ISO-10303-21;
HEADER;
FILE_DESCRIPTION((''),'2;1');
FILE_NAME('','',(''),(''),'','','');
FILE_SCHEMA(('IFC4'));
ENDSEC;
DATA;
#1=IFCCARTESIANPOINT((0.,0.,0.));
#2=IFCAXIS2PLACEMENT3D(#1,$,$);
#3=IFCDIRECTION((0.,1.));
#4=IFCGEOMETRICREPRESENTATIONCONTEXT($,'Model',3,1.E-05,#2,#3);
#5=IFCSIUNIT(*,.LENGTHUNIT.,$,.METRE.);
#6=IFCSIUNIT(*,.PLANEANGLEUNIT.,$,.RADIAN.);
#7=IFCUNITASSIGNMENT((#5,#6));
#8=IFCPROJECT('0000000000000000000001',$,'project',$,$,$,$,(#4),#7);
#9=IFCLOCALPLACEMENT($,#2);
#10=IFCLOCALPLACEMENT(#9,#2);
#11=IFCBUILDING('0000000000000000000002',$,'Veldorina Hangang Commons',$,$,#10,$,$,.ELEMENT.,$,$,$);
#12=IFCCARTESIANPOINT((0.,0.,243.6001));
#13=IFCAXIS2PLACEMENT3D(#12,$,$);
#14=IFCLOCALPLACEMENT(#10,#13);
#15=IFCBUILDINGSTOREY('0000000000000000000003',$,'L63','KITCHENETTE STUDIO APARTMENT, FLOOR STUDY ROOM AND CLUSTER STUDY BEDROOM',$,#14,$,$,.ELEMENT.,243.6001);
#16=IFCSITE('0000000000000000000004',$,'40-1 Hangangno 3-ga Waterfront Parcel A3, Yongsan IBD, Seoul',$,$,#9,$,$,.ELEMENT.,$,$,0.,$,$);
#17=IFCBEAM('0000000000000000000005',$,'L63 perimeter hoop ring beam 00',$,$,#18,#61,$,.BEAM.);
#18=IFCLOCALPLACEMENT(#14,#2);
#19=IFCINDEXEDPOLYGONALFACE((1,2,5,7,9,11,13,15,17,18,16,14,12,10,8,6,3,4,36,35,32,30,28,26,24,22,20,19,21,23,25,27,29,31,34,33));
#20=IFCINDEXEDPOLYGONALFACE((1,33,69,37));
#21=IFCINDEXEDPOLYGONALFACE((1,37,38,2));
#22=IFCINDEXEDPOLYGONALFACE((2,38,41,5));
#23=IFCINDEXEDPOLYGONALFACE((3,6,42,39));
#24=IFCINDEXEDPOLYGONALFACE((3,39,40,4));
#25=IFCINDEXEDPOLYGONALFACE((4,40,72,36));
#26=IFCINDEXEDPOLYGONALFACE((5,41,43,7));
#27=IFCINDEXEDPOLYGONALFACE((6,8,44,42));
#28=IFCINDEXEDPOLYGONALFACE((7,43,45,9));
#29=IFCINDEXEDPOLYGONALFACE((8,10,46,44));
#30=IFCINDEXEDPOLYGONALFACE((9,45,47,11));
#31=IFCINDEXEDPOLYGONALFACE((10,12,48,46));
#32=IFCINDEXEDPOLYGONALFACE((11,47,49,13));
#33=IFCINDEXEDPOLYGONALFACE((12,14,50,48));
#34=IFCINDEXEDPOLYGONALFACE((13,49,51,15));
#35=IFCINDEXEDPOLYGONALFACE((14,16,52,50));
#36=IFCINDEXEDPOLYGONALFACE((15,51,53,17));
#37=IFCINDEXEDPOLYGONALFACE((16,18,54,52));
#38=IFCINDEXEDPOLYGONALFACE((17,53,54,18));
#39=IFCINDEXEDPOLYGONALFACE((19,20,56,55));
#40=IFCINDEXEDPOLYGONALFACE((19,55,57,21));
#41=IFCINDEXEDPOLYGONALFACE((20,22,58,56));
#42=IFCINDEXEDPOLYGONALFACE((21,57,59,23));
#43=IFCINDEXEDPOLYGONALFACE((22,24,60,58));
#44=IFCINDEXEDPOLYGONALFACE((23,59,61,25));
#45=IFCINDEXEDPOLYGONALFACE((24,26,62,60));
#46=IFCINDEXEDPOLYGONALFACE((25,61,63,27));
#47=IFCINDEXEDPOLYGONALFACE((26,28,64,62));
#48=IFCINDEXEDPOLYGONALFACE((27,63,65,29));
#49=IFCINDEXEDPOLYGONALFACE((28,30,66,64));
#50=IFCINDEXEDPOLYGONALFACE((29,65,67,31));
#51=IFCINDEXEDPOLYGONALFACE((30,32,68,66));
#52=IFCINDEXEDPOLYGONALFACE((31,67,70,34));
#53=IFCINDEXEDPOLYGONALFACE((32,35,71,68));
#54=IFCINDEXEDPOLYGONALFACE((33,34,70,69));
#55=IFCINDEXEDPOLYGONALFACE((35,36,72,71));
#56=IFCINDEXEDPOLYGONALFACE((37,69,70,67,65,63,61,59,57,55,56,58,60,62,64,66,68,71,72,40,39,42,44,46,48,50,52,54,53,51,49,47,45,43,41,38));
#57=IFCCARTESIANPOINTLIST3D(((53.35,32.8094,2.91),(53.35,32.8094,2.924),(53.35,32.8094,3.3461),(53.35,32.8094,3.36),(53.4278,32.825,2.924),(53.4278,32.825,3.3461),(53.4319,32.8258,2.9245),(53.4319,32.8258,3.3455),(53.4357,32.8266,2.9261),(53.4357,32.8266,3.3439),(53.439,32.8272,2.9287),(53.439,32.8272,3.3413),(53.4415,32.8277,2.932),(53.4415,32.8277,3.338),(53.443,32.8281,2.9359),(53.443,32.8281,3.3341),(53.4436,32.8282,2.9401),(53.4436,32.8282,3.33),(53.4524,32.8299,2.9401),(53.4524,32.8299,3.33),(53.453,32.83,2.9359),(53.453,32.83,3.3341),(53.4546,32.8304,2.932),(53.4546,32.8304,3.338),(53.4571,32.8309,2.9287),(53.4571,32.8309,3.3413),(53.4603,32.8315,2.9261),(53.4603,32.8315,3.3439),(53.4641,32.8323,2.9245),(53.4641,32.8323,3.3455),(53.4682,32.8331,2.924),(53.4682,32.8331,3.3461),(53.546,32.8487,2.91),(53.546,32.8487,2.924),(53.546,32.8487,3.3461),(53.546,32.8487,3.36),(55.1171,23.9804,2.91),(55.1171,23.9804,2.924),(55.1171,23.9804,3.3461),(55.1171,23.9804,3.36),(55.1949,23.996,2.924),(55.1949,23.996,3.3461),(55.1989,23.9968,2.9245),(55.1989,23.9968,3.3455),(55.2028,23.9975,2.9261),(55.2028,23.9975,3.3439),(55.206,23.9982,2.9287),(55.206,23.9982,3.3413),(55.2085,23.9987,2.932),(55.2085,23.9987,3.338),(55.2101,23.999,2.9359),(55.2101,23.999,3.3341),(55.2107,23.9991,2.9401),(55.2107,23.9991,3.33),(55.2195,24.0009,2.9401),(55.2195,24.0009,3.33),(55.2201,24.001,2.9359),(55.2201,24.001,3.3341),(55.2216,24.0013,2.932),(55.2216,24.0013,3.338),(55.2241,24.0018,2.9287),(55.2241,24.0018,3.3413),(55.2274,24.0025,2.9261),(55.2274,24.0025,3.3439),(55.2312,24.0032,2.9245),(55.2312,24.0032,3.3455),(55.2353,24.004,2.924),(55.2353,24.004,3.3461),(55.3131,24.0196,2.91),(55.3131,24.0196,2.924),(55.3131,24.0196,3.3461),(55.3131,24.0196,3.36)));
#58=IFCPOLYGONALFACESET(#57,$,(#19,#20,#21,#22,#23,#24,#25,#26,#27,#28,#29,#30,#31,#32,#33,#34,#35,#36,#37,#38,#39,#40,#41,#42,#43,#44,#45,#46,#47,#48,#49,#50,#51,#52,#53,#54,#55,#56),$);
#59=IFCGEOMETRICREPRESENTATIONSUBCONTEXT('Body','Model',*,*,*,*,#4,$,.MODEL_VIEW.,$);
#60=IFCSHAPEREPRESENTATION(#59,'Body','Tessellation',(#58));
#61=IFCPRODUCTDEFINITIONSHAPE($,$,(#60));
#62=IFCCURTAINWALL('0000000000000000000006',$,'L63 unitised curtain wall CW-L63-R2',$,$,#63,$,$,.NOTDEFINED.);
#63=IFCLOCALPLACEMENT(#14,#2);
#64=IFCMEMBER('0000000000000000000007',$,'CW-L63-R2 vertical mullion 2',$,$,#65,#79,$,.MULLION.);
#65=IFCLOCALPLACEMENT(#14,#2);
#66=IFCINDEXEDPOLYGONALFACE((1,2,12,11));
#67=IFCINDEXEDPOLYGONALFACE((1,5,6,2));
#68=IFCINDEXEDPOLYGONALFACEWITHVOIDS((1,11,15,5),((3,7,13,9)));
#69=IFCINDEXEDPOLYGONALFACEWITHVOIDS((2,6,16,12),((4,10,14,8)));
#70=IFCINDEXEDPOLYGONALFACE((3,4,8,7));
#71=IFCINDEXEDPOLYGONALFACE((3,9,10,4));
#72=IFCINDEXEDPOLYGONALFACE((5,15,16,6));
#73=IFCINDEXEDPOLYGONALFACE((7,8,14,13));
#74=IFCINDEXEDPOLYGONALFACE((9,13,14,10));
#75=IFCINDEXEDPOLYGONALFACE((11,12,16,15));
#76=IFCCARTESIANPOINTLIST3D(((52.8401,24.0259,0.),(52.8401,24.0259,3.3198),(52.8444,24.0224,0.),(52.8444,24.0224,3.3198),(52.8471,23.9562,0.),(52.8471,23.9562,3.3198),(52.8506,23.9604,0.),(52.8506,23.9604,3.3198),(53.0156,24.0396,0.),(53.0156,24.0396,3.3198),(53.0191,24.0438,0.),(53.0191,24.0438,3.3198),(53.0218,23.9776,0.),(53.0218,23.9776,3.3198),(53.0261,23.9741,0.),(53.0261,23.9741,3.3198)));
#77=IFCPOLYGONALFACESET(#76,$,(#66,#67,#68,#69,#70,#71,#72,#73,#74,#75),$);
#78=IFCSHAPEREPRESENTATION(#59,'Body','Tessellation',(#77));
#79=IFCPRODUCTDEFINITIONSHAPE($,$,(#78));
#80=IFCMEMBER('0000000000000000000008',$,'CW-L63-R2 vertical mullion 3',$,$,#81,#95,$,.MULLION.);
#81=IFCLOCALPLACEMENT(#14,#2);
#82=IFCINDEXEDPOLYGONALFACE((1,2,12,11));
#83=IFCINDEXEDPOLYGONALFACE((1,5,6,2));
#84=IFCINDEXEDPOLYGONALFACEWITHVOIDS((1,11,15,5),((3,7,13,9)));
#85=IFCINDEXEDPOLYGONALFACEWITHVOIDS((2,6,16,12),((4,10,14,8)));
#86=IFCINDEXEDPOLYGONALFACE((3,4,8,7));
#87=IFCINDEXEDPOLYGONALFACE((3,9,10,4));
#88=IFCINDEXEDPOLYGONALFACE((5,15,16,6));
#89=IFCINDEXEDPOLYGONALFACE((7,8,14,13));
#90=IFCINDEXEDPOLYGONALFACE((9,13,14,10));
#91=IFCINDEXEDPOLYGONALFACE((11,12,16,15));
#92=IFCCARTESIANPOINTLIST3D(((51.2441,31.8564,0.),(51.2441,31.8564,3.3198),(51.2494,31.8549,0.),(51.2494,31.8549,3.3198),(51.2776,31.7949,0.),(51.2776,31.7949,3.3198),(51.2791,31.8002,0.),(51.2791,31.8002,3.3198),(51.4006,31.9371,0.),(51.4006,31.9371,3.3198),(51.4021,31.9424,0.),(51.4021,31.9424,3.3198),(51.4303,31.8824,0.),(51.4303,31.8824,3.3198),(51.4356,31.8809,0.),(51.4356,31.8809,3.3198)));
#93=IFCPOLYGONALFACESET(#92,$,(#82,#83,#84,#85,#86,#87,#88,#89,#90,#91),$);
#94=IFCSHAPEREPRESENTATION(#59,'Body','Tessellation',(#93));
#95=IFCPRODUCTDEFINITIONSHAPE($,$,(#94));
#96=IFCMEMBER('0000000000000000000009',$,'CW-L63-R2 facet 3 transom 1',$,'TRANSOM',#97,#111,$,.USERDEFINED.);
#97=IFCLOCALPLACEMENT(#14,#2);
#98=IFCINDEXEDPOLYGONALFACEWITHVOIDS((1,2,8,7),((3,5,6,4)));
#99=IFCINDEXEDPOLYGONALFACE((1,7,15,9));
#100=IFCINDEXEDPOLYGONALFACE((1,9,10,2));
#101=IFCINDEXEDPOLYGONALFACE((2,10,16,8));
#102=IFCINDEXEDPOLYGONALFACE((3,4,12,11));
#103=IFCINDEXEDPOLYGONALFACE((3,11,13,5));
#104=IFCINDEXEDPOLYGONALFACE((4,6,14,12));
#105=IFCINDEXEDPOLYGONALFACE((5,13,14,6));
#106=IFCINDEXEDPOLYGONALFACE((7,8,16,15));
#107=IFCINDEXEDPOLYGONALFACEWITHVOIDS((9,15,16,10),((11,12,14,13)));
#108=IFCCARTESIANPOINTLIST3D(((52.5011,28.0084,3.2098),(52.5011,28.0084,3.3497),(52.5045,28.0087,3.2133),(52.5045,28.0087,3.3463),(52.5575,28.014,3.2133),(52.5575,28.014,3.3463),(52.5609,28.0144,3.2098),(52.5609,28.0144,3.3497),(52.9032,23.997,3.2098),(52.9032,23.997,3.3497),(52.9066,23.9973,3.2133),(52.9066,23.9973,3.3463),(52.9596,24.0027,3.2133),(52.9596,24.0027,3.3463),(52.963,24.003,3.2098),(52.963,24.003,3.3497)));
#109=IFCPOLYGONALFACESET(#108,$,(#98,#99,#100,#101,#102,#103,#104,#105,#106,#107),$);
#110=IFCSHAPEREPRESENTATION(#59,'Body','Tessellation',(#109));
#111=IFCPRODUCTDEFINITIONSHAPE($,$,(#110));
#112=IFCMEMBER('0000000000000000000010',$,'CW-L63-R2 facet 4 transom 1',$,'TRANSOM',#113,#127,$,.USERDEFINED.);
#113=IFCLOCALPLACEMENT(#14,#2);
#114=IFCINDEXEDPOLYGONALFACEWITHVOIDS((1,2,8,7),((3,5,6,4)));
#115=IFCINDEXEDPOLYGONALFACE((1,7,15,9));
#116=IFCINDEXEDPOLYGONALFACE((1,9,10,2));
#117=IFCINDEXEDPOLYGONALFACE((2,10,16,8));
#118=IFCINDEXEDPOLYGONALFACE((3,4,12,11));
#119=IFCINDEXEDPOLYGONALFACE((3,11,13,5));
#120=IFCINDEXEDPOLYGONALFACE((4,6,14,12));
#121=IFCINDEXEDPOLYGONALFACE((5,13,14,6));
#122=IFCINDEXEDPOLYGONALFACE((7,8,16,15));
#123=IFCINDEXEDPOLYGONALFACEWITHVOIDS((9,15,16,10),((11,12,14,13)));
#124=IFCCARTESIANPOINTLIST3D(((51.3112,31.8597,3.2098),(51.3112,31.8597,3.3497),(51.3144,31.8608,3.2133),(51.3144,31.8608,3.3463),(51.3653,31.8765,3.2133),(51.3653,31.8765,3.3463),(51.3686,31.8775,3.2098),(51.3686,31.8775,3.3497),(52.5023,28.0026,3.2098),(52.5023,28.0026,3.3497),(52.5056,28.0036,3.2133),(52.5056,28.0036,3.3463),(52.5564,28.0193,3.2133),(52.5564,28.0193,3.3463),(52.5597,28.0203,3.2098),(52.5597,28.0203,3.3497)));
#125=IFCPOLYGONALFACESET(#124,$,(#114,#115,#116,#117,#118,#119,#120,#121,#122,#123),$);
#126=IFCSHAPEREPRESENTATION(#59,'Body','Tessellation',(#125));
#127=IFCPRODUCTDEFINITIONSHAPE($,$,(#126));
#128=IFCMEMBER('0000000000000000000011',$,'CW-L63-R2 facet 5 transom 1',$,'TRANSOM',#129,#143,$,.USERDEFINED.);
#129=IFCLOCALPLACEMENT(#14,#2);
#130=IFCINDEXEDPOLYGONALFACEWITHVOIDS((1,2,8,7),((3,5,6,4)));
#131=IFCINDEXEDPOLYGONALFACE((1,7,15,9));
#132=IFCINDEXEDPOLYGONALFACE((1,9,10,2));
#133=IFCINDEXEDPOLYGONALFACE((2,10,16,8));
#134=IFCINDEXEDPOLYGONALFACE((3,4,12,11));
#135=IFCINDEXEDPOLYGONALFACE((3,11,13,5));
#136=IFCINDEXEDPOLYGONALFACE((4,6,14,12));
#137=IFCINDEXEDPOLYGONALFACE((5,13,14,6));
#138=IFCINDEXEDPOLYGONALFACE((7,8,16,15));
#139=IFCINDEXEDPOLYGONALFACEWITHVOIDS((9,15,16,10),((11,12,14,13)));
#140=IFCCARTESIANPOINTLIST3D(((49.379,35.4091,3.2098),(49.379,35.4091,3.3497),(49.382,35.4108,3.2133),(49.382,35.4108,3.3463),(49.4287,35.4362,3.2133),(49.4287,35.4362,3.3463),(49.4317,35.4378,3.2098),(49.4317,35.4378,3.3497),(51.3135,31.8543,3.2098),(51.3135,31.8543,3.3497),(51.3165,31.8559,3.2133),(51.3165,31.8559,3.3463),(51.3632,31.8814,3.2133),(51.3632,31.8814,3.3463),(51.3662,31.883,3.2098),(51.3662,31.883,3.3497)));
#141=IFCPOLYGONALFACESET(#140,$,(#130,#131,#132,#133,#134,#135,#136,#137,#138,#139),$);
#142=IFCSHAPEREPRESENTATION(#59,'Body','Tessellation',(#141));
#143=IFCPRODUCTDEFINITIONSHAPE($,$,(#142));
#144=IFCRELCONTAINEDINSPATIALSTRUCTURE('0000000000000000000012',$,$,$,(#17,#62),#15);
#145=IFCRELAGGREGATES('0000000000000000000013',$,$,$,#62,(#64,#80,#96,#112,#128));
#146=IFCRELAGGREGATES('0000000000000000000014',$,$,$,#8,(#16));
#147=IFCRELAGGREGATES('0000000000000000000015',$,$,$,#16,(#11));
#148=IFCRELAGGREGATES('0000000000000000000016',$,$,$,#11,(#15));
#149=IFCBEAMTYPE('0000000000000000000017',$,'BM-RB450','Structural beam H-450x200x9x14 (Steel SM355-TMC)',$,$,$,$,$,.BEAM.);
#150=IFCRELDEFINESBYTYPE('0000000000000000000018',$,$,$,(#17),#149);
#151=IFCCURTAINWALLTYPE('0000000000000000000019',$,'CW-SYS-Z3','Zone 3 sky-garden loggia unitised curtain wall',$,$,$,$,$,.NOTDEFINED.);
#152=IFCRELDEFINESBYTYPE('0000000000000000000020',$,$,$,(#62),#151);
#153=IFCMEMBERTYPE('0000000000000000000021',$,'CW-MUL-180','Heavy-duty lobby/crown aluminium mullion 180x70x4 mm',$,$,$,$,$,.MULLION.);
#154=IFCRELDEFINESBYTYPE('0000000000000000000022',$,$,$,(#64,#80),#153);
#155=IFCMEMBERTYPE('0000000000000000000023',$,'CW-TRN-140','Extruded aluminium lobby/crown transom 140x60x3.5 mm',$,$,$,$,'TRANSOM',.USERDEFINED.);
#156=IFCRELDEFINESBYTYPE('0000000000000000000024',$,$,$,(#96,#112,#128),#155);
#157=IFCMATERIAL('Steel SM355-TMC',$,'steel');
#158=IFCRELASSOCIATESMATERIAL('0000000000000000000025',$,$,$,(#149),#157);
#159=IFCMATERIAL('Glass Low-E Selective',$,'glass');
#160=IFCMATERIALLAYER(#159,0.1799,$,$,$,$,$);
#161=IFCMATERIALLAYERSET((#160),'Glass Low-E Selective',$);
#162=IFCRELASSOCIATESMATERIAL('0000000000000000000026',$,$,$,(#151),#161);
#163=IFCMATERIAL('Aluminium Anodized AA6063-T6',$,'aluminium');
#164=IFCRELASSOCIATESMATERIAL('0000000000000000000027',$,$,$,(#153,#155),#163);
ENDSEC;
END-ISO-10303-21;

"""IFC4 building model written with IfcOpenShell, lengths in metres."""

from ifc_helpers import new_model, si_unit, direction, frame, origin, origin_2d, place, context, subcontext, project, spatial, hollow_rectangle, i_section, extrude, material, layer, layer_set, material_profile, profile_set, type_object, element, aggregate, save


model = new_model("IFC4")

# Units and contexts
model_context = context("Model", 3, precision=1e-05, world=origin(), true_north=direction((0.0, 1.0)))
body_context = subcontext(model_context, "Body", "Model", "MODEL_VIEW")
ifc_project = project(units=[si_unit("LENGTHUNIT", "METRE"), si_unit("PLANEANGLEUNIT", "RADIAN")], contexts=[model_context])

# Site, building, storey
site_placement = place(None, origin())
site = spatial("IfcSite", under=ifc_project, at=site_placement, Name="40-1 Hangangno 3-ga Waterfront Parcel A3, Yongsan IBD, Seoul", CompositionType="ELEMENT", RefElevation=0.0)
building_placement = place(site_placement, origin())
building = spatial("IfcBuilding", under=site, at=building_placement, Name="Veldorina Hangang Commons", CompositionType="ELEMENT")
storey_placement = place(building_placement, frame((0.0, 0.0, 243.6001)))
storey = spatial("IfcBuildingStorey", under=building, at=storey_placement, Name="L63", Description="KITCHENETTE STUDIO APARTMENT, FLOOR STUDY ROOM AND CLUSTER STUDY BEDROOM", CompositionType="ELEMENT", Elevation=243.6001)

# Beam
ifc_material_1 = material(Name="Steel SM355-TMC", Category="steel")
ifc_material_profile_1 = material_profile(ifc_material_1, i_section(OverallWidth=0.2, OverallDepth=0.45, WebThickness=0.009, FlangeThickness=0.0139, FilletRadius=0.0161, at=origin_2d()), Name="H-450x200x9x14")
ifc_profile_set_1 = profile_set([ifc_material_profile_1], Name="Steel SM355-TMC")
beam_type_1 = type_object("IfcBeamType", Name="BM-RB450", Description="Structural beam H-450x200x9x14 (Steel SM355-TMC)", PredefinedType="BEAM", material=ifc_profile_set_1)
beam_1_placement = place(storey_placement, frame((55.2151, 24.0, 3.135), z_axis=(-0.196252, 0.980554, 0.0), x_axis=(-0.980554, -0.196252, 0.0)))
element("IfcBeam", 1, at=beam_1_placement, inside=storey, type_object=beam_type_1, Name="L63 perimeter hoop ring beam 00", PredefinedType="BEAM", context=body_context, shape_type="SweptSolid", body=[
    extrude(i_section(OverallWidth=0.2, OverallDepth=0.45, WebThickness=0.009, FlangeThickness=0.0139, FilletRadius=0.0161, at=origin_2d()), origin(), (0.0, 0.0, 1.0), 9.0042),
])

# Curtain wall, members
ifc_material_2 = material(Name="Glass Low-E Selective", Category="glass")
ifc_layer_1 = layer(ifc_material_2, 0.1799)
ifc_layer_set_1 = layer_set([ifc_layer_1], Name="Glass Low-E Selective")
curtain_wall_type = type_object("IfcCurtainWallType", Name="CW-SYS-Z3", Description="Zone 3 sky-garden loggia unitised curtain wall", PredefinedType="NOTDEFINED", material=ifc_layer_set_1)
curtain_wall_placement = place(storey_placement, origin())
curtain_wall = element("IfcCurtainWall", 2, at=curtain_wall_placement, inside=storey, type_object=curtain_wall_type, Name="L63 unitised curtain wall CW-L63-R2", PredefinedType="NOTDEFINED")
ifc_material_3 = material(Name="Aluminium Anodized AA6063-T6", Category="aluminium")
ifc_material_profile_2 = material_profile(ifc_material_3, hollow_rectangle(XDim=0.0701, YDim=0.1799, WallThickness=0.0039, at=origin_2d()), Name="ALU-RHS-180x70x4")
ifc_profile_set_2 = profile_set([ifc_material_profile_2], Name="Aluminium Anodized AA6063-T6")
member_type_1 = type_object("IfcMemberType", Name="CW-MUL-180", Description="Heavy-duty lobby/crown aluminium mullion 180x70x4 mm", PredefinedType="MULLION", material=ifc_profile_set_2)
member_1_placement = place(storey_placement, frame((52.9331, 24.0, 0.0), z_axis=(0.0, 0.0, 1.0), x_axis=(-0.099771, 0.99501, 0.0)))
member_1 = element("IfcMember", 3, at=member_1_placement, type_object=member_type_1, Name="CW-L63-R2 vertical mullion 2", PredefinedType="MULLION", context=body_context, shape_type="SweptSolid", body=[
    extrude(hollow_rectangle(XDim=0.0701, YDim=0.1799, WallThickness=0.0039, at=origin_2d()), origin(), (0.0, 0.0, 1.0), 3.3198),
])
member_2_placement = place(storey_placement, frame((51.3398, 31.8687, 0.0), z_axis=(0.0, 0.0, 1.0), x_axis=(-0.478002, 0.878359, 0.0)))
member_2 = element("IfcMember", 4, at=member_2_placement, type_object=member_type_1, Name="CW-L63-R2 vertical mullion 3", PredefinedType="MULLION", context=body_context, shape_type="SweptSolid", body=[
    extrude(hollow_rectangle(XDim=0.0701, YDim=0.1799, WallThickness=0.0039, at=origin_2d()), origin(), (0.0, 0.0, 1.0), 3.3198),
])
ifc_material_profile_3 = material_profile(ifc_material_3, hollow_rectangle(XDim=0.0601, YDim=0.1399, WallThickness=0.0034, at=origin_2d()), Name="ALU-RHS-140x60x3.5")
ifc_profile_set_3 = profile_set([ifc_material_profile_3], Name="Aluminium Anodized AA6063-T6")
member_type_2 = type_object("IfcMemberType", Name="CW-TRN-140", Description="Extruded aluminium lobby/crown transom 140x60x3.5 mm", ElementType="TRANSOM", PredefinedType="USERDEFINED", material=ifc_profile_set_3)
member_3_placement = place(storey_placement, frame((52.9331, 24.0, 3.2798), z_axis=(-0.099738, 0.995014, 0.0), x_axis=(-0.995014, -0.099738, 0.0)))
member_3 = element("IfcMember", 5, at=member_3_placement, type_object=member_type_2, Name="CW-L63-R2 facet 3 transom 1", ObjectType="TRANSOM", PredefinedType="USERDEFINED", context=body_context, shape_type="SweptSolid", body=[
    extrude(hollow_rectangle(XDim=0.0601, YDim=0.1399, WallThickness=0.0034, at=origin_2d()), origin(), (0.0, 0.0, 1.0), 4.0315),
])
member_4_placement = place(storey_placement, frame((52.531, 28.0115, 3.2798), z_axis=(-0.295067, 0.955476, 0.0), x_axis=(-0.955476, -0.295067, 0.0)))
member_4 = element("IfcMember", 6, at=member_4_placement, type_object=member_type_2, Name="CW-L63-R2 facet 4 transom 1", ObjectType="TRANSOM", PredefinedType="USERDEFINED", context=body_context, shape_type="SweptSolid", body=[
    extrude(hollow_rectangle(XDim=0.0601, YDim=0.1399, WallThickness=0.0034, at=origin_2d()), origin(), (0.0, 0.0, 1.0), 4.0369),
])
member_5_placement = place(storey_placement, frame((51.3398, 31.8687, 3.2798), z_axis=(-0.477998, 0.878361, 0.0), x_axis=(-0.878361, -0.477998, 0.0)))
member_5 = element("IfcMember", 7, at=member_5_placement, type_object=member_type_2, Name="CW-L63-R2 facet 5 transom 1", ObjectType="TRANSOM", PredefinedType="USERDEFINED", context=body_context, shape_type="SweptSolid", body=[
    extrude(hollow_rectangle(XDim=0.0601, YDim=0.1399, WallThickness=0.0034, at=origin_2d()), origin(), (0.0, 0.0, 1.0), 4.0471),
])

aggregate(curtain_wall, [member_1, member_2, member_3, member_4, member_5])

save(model, "model.ifc")
